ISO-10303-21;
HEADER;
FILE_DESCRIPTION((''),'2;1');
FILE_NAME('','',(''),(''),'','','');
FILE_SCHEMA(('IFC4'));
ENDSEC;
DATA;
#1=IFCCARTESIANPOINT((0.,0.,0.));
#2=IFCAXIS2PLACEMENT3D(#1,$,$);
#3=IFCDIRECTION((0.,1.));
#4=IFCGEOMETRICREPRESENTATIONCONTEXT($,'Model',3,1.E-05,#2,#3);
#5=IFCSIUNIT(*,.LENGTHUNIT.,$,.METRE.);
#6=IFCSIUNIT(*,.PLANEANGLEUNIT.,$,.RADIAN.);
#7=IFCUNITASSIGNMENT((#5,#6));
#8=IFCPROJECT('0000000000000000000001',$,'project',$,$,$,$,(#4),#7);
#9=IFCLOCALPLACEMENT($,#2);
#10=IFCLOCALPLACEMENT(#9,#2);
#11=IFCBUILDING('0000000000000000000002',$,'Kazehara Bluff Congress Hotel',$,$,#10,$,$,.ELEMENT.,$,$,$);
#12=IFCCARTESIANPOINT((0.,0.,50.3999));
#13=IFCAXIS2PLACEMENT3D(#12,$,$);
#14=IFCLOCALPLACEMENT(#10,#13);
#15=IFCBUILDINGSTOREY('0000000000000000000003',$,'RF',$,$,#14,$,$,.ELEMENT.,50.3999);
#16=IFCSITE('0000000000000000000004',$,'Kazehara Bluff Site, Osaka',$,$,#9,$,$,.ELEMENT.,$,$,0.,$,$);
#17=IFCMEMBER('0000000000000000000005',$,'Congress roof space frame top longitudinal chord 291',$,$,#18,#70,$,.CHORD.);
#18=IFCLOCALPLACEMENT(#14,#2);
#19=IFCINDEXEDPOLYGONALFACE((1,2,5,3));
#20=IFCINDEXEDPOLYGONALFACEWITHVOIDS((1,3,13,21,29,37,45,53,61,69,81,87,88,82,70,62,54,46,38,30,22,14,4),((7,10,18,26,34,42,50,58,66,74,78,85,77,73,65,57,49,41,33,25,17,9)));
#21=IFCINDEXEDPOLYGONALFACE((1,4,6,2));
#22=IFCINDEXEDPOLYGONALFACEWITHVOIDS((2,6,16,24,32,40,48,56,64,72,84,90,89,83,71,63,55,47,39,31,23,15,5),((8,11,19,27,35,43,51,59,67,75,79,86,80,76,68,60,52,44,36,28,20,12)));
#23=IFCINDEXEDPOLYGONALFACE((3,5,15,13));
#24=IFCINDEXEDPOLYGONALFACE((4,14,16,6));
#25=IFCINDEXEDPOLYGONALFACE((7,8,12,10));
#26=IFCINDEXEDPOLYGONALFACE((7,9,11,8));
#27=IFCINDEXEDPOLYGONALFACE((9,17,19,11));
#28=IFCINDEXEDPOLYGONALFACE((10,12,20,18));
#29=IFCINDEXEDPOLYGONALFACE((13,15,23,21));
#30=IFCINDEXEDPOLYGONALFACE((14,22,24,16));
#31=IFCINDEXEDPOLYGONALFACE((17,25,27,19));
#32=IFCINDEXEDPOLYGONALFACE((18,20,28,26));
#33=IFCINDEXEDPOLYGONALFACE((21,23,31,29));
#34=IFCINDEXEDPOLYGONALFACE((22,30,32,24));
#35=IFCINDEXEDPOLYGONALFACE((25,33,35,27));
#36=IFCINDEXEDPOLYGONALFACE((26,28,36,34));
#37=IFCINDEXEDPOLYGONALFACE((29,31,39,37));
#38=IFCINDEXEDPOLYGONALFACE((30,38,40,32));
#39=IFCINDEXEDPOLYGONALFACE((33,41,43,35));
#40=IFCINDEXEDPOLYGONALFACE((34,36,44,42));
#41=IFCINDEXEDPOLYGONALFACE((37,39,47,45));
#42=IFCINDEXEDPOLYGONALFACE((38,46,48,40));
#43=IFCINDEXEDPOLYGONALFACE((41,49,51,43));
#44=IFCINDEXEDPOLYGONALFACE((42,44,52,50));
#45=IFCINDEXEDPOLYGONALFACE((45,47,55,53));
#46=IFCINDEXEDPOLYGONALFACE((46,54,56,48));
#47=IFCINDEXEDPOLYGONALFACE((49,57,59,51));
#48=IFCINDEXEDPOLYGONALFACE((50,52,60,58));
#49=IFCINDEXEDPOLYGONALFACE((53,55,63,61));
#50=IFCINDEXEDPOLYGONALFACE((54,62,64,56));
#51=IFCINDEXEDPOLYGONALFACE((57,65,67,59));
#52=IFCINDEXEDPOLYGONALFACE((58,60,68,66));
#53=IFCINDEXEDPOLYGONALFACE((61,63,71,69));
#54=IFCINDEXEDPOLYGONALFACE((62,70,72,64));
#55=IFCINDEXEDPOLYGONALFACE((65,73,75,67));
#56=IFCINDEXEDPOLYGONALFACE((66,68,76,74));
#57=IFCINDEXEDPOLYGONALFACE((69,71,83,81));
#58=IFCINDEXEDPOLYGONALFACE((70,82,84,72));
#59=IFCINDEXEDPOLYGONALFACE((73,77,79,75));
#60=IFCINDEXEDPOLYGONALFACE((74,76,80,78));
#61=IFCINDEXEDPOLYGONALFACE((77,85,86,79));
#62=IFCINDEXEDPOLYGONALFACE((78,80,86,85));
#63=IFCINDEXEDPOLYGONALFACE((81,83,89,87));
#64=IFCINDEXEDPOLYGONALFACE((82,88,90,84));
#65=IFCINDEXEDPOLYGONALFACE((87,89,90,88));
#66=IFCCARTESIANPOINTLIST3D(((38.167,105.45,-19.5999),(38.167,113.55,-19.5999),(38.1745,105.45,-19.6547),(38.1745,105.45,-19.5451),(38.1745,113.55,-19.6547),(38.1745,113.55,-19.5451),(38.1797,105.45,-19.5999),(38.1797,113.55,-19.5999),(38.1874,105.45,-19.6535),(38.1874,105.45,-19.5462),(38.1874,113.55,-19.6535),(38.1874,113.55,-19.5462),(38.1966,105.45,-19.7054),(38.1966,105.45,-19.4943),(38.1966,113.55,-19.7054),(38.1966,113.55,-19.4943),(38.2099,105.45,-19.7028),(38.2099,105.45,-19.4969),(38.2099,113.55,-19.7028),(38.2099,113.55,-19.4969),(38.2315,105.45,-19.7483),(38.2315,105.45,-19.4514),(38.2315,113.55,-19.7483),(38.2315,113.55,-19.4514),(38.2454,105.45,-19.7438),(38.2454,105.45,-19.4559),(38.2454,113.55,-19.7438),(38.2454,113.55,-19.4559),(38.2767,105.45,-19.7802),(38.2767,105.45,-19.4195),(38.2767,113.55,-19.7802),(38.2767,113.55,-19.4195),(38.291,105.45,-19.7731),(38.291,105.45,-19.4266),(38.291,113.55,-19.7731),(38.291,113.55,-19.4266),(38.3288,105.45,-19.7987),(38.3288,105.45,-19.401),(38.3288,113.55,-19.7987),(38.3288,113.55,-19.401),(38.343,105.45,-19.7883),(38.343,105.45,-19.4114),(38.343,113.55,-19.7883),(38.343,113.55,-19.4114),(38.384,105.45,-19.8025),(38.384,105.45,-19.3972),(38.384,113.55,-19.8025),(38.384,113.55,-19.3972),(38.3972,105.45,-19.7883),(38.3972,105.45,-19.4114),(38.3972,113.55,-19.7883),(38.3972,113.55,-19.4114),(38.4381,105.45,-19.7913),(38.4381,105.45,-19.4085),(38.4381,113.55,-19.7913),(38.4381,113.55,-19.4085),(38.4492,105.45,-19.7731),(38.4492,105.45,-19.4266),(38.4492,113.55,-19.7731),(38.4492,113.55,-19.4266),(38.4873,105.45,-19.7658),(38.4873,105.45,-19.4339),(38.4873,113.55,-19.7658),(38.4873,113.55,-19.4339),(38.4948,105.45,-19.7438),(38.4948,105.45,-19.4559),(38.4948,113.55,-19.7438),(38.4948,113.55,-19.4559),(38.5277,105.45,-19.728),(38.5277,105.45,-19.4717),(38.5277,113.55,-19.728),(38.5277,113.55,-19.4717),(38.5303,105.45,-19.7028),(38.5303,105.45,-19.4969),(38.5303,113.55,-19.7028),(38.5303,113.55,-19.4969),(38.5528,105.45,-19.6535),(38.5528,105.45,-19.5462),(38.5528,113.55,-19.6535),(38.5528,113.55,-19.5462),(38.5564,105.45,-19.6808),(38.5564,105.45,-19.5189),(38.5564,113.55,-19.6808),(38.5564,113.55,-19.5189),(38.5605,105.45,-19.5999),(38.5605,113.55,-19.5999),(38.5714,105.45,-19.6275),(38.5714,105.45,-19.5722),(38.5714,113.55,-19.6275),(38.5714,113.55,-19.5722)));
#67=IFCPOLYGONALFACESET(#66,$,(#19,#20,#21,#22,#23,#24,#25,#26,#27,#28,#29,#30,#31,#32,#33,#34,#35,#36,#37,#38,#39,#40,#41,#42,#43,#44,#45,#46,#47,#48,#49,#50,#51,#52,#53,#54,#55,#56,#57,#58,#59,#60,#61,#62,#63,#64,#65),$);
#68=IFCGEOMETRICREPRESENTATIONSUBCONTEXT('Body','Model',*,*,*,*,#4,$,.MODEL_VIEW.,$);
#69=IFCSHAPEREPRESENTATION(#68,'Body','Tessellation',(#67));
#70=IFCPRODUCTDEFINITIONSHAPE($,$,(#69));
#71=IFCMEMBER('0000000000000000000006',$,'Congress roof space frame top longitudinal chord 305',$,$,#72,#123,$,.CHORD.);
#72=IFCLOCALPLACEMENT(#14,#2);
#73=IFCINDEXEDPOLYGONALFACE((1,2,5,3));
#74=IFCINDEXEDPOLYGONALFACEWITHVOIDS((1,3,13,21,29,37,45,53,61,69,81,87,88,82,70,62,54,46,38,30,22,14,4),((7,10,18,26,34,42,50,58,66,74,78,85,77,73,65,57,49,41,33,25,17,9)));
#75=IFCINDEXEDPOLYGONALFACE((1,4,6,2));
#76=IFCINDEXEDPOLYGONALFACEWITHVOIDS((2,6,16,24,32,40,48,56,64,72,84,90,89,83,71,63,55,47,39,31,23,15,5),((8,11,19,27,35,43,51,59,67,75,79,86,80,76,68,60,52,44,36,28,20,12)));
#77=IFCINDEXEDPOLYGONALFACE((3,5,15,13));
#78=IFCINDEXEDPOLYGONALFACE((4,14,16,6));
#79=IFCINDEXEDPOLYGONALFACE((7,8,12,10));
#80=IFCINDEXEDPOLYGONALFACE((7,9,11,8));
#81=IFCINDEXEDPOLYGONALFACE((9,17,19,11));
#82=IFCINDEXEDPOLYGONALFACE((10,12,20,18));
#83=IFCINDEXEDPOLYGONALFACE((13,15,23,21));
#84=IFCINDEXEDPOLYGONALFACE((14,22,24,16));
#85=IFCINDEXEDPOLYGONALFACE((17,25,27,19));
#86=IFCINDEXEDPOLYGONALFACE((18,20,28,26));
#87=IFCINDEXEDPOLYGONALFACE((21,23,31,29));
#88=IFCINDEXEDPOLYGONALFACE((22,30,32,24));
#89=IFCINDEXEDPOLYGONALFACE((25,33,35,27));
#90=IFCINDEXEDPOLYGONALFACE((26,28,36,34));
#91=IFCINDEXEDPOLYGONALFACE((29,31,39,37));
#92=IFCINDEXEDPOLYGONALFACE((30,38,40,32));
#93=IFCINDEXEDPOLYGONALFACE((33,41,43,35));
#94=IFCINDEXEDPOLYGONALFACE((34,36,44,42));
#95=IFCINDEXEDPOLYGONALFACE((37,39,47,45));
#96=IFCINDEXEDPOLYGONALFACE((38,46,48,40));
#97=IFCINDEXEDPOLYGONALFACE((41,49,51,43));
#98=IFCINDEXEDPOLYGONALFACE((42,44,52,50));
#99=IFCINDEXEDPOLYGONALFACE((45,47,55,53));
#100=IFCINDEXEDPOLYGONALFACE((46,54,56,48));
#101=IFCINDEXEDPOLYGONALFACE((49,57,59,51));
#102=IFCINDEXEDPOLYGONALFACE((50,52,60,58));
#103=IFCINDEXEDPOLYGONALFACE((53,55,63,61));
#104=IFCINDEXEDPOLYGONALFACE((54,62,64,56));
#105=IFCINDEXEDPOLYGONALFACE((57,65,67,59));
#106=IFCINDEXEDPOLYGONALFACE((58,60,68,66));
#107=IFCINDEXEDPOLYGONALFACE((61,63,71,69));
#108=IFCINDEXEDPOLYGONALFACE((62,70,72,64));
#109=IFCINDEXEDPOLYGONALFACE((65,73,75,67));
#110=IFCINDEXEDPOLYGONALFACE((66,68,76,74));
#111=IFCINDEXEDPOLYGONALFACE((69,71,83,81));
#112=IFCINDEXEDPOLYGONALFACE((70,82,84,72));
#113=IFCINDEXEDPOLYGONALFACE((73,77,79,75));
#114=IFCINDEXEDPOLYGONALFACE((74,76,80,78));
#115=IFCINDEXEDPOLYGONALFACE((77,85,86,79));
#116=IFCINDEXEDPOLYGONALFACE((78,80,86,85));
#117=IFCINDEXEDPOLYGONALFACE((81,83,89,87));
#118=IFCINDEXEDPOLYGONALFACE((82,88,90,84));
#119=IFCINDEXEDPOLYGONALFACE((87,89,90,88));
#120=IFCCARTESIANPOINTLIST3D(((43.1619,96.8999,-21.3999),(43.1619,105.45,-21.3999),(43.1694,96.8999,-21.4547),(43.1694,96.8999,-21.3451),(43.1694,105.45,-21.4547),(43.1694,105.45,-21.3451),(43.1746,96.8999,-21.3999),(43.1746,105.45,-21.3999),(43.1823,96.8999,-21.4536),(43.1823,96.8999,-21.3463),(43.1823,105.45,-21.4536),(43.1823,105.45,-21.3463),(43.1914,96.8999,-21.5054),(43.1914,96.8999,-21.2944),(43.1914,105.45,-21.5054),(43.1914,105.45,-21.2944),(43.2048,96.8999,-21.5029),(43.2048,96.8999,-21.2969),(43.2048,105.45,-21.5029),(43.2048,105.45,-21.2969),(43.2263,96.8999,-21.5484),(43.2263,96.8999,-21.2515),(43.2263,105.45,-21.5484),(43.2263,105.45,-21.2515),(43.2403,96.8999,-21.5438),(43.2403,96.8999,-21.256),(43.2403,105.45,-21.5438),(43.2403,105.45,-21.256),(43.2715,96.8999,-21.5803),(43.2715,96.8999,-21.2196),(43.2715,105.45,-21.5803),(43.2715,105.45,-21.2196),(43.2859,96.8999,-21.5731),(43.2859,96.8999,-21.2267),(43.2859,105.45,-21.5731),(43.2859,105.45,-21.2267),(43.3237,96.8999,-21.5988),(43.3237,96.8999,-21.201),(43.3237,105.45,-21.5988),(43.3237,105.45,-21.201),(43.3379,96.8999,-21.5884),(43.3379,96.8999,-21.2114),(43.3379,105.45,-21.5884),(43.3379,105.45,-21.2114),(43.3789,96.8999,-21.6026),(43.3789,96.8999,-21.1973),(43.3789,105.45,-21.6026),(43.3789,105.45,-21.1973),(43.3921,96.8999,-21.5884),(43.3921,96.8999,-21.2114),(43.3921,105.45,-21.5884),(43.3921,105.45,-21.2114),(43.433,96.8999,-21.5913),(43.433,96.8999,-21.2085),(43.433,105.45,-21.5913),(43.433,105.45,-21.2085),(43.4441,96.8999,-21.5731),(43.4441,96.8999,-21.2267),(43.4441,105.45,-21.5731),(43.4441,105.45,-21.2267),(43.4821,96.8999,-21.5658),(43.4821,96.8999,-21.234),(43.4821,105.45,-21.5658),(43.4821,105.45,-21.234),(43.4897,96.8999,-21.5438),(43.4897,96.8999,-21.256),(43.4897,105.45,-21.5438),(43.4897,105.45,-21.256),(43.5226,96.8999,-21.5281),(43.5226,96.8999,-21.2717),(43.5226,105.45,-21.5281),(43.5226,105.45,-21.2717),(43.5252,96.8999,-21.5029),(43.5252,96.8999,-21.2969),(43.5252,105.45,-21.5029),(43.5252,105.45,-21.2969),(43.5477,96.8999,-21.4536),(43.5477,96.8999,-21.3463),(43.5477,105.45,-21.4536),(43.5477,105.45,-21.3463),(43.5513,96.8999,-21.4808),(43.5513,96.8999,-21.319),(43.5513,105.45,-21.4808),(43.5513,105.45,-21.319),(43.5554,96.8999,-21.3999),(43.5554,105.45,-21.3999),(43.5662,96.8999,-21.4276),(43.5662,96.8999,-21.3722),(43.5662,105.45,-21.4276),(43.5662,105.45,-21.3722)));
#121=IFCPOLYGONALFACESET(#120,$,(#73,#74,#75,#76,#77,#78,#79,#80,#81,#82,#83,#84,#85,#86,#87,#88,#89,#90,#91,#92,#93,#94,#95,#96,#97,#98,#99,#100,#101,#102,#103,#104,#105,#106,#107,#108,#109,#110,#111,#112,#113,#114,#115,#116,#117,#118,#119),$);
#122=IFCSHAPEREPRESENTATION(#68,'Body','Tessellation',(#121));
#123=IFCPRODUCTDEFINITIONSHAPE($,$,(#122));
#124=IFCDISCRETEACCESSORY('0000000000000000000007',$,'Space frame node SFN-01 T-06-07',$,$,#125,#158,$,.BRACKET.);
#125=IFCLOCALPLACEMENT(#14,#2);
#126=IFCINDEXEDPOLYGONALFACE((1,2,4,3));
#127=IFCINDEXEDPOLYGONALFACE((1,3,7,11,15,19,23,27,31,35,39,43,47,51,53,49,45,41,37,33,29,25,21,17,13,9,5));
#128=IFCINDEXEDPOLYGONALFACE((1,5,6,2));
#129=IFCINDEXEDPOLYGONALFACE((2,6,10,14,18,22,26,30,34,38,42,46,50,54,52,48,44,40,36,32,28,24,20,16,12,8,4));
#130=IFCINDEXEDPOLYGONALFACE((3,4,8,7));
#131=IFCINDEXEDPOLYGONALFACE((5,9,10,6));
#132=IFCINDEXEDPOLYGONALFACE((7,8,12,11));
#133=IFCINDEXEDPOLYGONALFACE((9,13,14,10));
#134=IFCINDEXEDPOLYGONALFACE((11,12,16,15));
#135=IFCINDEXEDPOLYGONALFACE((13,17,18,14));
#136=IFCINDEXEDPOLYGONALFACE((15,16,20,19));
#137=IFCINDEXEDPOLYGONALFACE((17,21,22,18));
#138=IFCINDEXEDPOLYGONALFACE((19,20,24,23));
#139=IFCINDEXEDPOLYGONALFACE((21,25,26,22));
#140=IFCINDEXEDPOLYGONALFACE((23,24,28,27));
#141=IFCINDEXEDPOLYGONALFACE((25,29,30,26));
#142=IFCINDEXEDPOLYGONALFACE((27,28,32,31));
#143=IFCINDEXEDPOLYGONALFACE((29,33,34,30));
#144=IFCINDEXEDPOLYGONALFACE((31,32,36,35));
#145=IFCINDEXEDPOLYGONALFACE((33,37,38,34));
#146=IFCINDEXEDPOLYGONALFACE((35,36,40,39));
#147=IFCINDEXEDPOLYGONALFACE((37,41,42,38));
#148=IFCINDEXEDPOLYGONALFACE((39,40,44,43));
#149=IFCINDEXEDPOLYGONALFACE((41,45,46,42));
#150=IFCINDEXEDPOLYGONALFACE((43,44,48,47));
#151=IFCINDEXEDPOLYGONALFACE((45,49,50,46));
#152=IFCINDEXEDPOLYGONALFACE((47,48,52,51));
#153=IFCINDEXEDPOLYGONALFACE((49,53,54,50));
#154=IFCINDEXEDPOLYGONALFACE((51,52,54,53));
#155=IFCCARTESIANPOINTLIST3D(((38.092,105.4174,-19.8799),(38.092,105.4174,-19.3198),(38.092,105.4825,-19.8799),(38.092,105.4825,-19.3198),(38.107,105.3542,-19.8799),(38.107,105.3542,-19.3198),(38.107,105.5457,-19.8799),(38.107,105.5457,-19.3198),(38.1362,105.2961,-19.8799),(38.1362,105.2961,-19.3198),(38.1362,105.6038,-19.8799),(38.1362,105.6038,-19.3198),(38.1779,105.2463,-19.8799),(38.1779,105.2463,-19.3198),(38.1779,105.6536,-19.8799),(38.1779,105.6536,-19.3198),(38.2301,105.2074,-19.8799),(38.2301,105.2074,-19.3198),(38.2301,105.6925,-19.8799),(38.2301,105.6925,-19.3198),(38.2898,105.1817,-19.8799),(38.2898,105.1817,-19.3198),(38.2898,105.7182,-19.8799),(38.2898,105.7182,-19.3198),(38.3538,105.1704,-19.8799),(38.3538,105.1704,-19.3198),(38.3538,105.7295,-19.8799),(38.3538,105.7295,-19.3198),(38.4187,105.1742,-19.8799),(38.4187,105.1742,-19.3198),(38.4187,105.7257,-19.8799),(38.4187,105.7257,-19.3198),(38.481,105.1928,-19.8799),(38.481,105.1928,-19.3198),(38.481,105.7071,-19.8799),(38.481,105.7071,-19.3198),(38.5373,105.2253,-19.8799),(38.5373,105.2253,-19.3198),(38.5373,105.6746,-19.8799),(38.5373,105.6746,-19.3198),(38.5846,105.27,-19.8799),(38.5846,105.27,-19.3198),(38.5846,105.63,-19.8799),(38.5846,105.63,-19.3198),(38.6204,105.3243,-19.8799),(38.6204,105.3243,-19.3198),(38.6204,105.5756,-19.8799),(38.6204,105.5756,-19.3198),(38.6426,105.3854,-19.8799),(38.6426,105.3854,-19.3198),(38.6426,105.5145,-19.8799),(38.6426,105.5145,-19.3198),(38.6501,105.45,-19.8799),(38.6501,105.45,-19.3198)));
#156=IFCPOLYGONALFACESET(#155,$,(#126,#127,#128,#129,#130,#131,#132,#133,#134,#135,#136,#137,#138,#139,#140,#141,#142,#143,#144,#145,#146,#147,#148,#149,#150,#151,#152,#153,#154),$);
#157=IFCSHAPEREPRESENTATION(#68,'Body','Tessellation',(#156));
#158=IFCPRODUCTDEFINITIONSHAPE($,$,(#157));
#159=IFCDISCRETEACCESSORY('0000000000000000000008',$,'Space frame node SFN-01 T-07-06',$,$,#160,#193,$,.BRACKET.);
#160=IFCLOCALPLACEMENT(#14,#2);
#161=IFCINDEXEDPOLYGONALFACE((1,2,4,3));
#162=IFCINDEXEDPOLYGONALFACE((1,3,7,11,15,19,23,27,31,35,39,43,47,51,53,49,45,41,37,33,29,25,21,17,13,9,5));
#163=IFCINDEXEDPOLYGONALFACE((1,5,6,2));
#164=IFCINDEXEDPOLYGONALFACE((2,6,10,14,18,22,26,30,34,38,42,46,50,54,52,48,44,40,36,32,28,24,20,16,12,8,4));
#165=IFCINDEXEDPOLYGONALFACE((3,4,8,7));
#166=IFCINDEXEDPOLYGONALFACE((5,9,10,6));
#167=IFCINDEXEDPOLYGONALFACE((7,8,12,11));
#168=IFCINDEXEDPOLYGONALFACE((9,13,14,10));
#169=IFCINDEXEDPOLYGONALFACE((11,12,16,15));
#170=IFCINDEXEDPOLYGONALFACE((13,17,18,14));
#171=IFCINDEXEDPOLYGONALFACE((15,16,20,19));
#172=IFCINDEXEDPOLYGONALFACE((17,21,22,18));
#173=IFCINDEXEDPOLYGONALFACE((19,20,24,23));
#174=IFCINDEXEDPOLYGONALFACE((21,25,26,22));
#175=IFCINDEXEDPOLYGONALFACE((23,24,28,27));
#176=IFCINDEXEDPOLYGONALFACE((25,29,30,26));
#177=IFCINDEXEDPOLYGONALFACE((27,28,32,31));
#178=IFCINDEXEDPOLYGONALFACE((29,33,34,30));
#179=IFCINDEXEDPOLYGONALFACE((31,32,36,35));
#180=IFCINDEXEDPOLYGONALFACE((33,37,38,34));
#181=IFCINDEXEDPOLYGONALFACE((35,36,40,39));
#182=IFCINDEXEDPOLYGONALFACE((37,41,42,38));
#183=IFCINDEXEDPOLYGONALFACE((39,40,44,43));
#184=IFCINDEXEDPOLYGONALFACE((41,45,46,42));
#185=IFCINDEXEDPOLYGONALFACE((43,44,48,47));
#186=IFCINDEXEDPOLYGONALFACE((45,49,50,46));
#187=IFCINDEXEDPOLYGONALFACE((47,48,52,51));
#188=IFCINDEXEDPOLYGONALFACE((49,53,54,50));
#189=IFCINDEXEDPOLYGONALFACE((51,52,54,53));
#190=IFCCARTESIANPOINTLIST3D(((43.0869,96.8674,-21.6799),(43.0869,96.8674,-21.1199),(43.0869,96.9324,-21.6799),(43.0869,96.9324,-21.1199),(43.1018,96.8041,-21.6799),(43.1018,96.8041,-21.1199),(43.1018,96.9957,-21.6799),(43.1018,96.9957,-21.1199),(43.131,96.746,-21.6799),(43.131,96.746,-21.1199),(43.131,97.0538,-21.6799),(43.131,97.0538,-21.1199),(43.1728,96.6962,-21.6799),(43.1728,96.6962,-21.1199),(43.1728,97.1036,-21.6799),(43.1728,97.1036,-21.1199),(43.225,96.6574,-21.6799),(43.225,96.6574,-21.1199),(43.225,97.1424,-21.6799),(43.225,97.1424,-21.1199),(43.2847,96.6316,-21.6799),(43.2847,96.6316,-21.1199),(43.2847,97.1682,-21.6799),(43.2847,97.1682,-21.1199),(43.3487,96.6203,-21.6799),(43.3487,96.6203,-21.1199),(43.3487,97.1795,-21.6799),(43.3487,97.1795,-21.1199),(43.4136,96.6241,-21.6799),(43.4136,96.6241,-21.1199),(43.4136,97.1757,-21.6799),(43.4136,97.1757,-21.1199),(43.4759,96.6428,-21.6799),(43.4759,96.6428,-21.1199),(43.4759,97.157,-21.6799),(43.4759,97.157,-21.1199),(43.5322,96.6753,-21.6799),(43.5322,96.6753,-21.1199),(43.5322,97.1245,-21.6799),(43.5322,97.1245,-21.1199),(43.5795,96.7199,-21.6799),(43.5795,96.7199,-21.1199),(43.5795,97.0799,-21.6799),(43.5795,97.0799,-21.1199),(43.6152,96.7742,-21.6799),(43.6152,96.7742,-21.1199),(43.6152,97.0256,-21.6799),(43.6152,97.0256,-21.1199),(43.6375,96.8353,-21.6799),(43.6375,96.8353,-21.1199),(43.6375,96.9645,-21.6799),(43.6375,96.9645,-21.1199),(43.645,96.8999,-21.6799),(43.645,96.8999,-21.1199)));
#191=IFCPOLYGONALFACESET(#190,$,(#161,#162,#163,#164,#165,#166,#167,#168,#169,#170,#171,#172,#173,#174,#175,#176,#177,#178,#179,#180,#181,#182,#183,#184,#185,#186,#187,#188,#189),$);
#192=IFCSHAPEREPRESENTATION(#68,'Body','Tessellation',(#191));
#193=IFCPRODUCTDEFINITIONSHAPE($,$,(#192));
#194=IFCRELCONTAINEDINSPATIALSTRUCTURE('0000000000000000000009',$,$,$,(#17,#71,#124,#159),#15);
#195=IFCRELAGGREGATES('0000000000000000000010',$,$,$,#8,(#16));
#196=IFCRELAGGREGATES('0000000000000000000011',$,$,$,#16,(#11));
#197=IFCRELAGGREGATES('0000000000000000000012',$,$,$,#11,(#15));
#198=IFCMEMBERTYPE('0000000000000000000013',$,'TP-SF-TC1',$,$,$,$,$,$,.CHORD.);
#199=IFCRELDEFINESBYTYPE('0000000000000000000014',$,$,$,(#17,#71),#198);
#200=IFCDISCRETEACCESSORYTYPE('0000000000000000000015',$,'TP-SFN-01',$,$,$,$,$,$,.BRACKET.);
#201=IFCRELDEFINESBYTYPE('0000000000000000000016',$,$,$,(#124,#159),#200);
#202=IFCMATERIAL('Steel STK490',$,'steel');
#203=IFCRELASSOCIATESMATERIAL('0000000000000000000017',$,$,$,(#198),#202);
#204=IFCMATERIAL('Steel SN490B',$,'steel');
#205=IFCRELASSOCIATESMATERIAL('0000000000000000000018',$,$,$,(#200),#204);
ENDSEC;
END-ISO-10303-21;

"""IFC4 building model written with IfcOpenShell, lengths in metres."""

from ifc_helpers import new_model, si_unit, direction, frame, origin, origin_2d, place, context, subcontext, project, spatial, circle, hollow_circle, extrude, material, material_profile, profile_set, type_object, element, save


model = new_model("IFC4")

# Units and contexts
model_context = context("Model", 3, precision=1e-05, world=origin(), true_north=direction((0.0, 1.0)))
body_context = subcontext(model_context, "Body", "Model", "MODEL_VIEW")
ifc_project = project(units=[si_unit("LENGTHUNIT", "METRE"), si_unit("PLANEANGLEUNIT", "RADIAN")], contexts=[model_context])

# Site, building, storey
site_placement = place(None, origin())
site = spatial("IfcSite", under=ifc_project, at=site_placement, Name="Kazehara Bluff Site, Osaka", CompositionType="ELEMENT", RefElevation=0.0)
building_placement = place(site_placement, origin())
building = spatial("IfcBuilding", under=site, at=building_placement, Name="Kazehara Bluff Congress Hotel", CompositionType="ELEMENT")
storey_placement = place(building_placement, frame((0.0, 0.0, 50.3999)))
storey = spatial("IfcBuildingStorey", under=building, at=storey_placement, Name="RF", CompositionType="ELEMENT", Elevation=50.3999)

# Members
ifc_material_1 = material(Name="Steel STK490", Category="steel")
ifc_material_profile_1 = material_profile(ifc_material_1, hollow_circle(Radius=0.2031, WallThickness=0.0127, at=origin_2d()))
ifc_profile_set_1 = profile_set([ifc_material_profile_1], Name="Steel STK490")
member_type_1 = type_object("IfcMemberType", Name="TP-SF-TC1", PredefinedType="CHORD", material=ifc_profile_set_1)
member_1_placement = place(storey_placement, frame((38.3701, 105.45, -19.5999), z_axis=(0.0, 1.0, 0.0), x_axis=(-1.0, 0.0, 0.0)))
element("IfcMember", 1, at=member_1_placement, inside=storey, type_object=member_type_1, Name="Congress roof space frame top longitudinal chord 291", PredefinedType="CHORD", context=body_context, shape_type="SweptSolid", body=[
    extrude(hollow_circle(Radius=0.2031, WallThickness=0.0127, at=origin_2d()), origin(), (0.0, 0.0, 1.0), 8.1001),
])
member_2_placement = place(storey_placement, frame((43.365, 96.8999, -21.3999), z_axis=(0.0, 1.0, 0.0), x_axis=(-1.0, 0.0, 0.0)))
element("IfcMember", 2, at=member_2_placement, inside=storey, type_object=member_type_1, Name="Congress roof space frame top longitudinal chord 305", PredefinedType="CHORD", context=body_context, shape_type="SweptSolid", body=[
    extrude(hollow_circle(Radius=0.2031, WallThickness=0.0127, at=origin_2d()), origin(), (0.0, 0.0, 1.0), 8.55),
])

# Discrete accessories
ifc_material_2 = material(Name="Steel SN490B", Category="steel")
ifc_material_profile_2 = material_profile(ifc_material_2, circle(Radius=0.28, at=origin_2d()))
ifc_profile_set_2 = profile_set([ifc_material_profile_2], Name="Steel SN490B")
discrete_accessory_type_1 = type_object("IfcDiscreteAccessoryType", Name="TP-SFN-01", PredefinedType="BRACKET", material=ifc_profile_set_2)
for number, where, z_axis, x_axis, name in (
    (3, (38.3701, 105.45, -19.8799), (0.0, 0.0, 1.0), (1.0, 0.0, 0.0), "Space frame node SFN-01 T-06-07"),
    (4, (43.365, 96.8999, -21.6799), (0.0, 0.0, 1.0), (1.0, 0.0, 0.0), "Space frame node SFN-01 T-07-06"),
):
    element("IfcDiscreteAccessory", number, at=place(storey_placement, frame(where, z_axis=z_axis, x_axis=x_axis)), inside=storey, type_object=discrete_accessory_type_1, Name=name, PredefinedType="BRACKET", context=body_context, shape_type="SweptSolid", body=[
        extrude(circle(Radius=0.28, at=origin_2d()), origin(), (0.0, 0.0, 1.0), 0.5601),
    ])

save(model, "model.ifc")
